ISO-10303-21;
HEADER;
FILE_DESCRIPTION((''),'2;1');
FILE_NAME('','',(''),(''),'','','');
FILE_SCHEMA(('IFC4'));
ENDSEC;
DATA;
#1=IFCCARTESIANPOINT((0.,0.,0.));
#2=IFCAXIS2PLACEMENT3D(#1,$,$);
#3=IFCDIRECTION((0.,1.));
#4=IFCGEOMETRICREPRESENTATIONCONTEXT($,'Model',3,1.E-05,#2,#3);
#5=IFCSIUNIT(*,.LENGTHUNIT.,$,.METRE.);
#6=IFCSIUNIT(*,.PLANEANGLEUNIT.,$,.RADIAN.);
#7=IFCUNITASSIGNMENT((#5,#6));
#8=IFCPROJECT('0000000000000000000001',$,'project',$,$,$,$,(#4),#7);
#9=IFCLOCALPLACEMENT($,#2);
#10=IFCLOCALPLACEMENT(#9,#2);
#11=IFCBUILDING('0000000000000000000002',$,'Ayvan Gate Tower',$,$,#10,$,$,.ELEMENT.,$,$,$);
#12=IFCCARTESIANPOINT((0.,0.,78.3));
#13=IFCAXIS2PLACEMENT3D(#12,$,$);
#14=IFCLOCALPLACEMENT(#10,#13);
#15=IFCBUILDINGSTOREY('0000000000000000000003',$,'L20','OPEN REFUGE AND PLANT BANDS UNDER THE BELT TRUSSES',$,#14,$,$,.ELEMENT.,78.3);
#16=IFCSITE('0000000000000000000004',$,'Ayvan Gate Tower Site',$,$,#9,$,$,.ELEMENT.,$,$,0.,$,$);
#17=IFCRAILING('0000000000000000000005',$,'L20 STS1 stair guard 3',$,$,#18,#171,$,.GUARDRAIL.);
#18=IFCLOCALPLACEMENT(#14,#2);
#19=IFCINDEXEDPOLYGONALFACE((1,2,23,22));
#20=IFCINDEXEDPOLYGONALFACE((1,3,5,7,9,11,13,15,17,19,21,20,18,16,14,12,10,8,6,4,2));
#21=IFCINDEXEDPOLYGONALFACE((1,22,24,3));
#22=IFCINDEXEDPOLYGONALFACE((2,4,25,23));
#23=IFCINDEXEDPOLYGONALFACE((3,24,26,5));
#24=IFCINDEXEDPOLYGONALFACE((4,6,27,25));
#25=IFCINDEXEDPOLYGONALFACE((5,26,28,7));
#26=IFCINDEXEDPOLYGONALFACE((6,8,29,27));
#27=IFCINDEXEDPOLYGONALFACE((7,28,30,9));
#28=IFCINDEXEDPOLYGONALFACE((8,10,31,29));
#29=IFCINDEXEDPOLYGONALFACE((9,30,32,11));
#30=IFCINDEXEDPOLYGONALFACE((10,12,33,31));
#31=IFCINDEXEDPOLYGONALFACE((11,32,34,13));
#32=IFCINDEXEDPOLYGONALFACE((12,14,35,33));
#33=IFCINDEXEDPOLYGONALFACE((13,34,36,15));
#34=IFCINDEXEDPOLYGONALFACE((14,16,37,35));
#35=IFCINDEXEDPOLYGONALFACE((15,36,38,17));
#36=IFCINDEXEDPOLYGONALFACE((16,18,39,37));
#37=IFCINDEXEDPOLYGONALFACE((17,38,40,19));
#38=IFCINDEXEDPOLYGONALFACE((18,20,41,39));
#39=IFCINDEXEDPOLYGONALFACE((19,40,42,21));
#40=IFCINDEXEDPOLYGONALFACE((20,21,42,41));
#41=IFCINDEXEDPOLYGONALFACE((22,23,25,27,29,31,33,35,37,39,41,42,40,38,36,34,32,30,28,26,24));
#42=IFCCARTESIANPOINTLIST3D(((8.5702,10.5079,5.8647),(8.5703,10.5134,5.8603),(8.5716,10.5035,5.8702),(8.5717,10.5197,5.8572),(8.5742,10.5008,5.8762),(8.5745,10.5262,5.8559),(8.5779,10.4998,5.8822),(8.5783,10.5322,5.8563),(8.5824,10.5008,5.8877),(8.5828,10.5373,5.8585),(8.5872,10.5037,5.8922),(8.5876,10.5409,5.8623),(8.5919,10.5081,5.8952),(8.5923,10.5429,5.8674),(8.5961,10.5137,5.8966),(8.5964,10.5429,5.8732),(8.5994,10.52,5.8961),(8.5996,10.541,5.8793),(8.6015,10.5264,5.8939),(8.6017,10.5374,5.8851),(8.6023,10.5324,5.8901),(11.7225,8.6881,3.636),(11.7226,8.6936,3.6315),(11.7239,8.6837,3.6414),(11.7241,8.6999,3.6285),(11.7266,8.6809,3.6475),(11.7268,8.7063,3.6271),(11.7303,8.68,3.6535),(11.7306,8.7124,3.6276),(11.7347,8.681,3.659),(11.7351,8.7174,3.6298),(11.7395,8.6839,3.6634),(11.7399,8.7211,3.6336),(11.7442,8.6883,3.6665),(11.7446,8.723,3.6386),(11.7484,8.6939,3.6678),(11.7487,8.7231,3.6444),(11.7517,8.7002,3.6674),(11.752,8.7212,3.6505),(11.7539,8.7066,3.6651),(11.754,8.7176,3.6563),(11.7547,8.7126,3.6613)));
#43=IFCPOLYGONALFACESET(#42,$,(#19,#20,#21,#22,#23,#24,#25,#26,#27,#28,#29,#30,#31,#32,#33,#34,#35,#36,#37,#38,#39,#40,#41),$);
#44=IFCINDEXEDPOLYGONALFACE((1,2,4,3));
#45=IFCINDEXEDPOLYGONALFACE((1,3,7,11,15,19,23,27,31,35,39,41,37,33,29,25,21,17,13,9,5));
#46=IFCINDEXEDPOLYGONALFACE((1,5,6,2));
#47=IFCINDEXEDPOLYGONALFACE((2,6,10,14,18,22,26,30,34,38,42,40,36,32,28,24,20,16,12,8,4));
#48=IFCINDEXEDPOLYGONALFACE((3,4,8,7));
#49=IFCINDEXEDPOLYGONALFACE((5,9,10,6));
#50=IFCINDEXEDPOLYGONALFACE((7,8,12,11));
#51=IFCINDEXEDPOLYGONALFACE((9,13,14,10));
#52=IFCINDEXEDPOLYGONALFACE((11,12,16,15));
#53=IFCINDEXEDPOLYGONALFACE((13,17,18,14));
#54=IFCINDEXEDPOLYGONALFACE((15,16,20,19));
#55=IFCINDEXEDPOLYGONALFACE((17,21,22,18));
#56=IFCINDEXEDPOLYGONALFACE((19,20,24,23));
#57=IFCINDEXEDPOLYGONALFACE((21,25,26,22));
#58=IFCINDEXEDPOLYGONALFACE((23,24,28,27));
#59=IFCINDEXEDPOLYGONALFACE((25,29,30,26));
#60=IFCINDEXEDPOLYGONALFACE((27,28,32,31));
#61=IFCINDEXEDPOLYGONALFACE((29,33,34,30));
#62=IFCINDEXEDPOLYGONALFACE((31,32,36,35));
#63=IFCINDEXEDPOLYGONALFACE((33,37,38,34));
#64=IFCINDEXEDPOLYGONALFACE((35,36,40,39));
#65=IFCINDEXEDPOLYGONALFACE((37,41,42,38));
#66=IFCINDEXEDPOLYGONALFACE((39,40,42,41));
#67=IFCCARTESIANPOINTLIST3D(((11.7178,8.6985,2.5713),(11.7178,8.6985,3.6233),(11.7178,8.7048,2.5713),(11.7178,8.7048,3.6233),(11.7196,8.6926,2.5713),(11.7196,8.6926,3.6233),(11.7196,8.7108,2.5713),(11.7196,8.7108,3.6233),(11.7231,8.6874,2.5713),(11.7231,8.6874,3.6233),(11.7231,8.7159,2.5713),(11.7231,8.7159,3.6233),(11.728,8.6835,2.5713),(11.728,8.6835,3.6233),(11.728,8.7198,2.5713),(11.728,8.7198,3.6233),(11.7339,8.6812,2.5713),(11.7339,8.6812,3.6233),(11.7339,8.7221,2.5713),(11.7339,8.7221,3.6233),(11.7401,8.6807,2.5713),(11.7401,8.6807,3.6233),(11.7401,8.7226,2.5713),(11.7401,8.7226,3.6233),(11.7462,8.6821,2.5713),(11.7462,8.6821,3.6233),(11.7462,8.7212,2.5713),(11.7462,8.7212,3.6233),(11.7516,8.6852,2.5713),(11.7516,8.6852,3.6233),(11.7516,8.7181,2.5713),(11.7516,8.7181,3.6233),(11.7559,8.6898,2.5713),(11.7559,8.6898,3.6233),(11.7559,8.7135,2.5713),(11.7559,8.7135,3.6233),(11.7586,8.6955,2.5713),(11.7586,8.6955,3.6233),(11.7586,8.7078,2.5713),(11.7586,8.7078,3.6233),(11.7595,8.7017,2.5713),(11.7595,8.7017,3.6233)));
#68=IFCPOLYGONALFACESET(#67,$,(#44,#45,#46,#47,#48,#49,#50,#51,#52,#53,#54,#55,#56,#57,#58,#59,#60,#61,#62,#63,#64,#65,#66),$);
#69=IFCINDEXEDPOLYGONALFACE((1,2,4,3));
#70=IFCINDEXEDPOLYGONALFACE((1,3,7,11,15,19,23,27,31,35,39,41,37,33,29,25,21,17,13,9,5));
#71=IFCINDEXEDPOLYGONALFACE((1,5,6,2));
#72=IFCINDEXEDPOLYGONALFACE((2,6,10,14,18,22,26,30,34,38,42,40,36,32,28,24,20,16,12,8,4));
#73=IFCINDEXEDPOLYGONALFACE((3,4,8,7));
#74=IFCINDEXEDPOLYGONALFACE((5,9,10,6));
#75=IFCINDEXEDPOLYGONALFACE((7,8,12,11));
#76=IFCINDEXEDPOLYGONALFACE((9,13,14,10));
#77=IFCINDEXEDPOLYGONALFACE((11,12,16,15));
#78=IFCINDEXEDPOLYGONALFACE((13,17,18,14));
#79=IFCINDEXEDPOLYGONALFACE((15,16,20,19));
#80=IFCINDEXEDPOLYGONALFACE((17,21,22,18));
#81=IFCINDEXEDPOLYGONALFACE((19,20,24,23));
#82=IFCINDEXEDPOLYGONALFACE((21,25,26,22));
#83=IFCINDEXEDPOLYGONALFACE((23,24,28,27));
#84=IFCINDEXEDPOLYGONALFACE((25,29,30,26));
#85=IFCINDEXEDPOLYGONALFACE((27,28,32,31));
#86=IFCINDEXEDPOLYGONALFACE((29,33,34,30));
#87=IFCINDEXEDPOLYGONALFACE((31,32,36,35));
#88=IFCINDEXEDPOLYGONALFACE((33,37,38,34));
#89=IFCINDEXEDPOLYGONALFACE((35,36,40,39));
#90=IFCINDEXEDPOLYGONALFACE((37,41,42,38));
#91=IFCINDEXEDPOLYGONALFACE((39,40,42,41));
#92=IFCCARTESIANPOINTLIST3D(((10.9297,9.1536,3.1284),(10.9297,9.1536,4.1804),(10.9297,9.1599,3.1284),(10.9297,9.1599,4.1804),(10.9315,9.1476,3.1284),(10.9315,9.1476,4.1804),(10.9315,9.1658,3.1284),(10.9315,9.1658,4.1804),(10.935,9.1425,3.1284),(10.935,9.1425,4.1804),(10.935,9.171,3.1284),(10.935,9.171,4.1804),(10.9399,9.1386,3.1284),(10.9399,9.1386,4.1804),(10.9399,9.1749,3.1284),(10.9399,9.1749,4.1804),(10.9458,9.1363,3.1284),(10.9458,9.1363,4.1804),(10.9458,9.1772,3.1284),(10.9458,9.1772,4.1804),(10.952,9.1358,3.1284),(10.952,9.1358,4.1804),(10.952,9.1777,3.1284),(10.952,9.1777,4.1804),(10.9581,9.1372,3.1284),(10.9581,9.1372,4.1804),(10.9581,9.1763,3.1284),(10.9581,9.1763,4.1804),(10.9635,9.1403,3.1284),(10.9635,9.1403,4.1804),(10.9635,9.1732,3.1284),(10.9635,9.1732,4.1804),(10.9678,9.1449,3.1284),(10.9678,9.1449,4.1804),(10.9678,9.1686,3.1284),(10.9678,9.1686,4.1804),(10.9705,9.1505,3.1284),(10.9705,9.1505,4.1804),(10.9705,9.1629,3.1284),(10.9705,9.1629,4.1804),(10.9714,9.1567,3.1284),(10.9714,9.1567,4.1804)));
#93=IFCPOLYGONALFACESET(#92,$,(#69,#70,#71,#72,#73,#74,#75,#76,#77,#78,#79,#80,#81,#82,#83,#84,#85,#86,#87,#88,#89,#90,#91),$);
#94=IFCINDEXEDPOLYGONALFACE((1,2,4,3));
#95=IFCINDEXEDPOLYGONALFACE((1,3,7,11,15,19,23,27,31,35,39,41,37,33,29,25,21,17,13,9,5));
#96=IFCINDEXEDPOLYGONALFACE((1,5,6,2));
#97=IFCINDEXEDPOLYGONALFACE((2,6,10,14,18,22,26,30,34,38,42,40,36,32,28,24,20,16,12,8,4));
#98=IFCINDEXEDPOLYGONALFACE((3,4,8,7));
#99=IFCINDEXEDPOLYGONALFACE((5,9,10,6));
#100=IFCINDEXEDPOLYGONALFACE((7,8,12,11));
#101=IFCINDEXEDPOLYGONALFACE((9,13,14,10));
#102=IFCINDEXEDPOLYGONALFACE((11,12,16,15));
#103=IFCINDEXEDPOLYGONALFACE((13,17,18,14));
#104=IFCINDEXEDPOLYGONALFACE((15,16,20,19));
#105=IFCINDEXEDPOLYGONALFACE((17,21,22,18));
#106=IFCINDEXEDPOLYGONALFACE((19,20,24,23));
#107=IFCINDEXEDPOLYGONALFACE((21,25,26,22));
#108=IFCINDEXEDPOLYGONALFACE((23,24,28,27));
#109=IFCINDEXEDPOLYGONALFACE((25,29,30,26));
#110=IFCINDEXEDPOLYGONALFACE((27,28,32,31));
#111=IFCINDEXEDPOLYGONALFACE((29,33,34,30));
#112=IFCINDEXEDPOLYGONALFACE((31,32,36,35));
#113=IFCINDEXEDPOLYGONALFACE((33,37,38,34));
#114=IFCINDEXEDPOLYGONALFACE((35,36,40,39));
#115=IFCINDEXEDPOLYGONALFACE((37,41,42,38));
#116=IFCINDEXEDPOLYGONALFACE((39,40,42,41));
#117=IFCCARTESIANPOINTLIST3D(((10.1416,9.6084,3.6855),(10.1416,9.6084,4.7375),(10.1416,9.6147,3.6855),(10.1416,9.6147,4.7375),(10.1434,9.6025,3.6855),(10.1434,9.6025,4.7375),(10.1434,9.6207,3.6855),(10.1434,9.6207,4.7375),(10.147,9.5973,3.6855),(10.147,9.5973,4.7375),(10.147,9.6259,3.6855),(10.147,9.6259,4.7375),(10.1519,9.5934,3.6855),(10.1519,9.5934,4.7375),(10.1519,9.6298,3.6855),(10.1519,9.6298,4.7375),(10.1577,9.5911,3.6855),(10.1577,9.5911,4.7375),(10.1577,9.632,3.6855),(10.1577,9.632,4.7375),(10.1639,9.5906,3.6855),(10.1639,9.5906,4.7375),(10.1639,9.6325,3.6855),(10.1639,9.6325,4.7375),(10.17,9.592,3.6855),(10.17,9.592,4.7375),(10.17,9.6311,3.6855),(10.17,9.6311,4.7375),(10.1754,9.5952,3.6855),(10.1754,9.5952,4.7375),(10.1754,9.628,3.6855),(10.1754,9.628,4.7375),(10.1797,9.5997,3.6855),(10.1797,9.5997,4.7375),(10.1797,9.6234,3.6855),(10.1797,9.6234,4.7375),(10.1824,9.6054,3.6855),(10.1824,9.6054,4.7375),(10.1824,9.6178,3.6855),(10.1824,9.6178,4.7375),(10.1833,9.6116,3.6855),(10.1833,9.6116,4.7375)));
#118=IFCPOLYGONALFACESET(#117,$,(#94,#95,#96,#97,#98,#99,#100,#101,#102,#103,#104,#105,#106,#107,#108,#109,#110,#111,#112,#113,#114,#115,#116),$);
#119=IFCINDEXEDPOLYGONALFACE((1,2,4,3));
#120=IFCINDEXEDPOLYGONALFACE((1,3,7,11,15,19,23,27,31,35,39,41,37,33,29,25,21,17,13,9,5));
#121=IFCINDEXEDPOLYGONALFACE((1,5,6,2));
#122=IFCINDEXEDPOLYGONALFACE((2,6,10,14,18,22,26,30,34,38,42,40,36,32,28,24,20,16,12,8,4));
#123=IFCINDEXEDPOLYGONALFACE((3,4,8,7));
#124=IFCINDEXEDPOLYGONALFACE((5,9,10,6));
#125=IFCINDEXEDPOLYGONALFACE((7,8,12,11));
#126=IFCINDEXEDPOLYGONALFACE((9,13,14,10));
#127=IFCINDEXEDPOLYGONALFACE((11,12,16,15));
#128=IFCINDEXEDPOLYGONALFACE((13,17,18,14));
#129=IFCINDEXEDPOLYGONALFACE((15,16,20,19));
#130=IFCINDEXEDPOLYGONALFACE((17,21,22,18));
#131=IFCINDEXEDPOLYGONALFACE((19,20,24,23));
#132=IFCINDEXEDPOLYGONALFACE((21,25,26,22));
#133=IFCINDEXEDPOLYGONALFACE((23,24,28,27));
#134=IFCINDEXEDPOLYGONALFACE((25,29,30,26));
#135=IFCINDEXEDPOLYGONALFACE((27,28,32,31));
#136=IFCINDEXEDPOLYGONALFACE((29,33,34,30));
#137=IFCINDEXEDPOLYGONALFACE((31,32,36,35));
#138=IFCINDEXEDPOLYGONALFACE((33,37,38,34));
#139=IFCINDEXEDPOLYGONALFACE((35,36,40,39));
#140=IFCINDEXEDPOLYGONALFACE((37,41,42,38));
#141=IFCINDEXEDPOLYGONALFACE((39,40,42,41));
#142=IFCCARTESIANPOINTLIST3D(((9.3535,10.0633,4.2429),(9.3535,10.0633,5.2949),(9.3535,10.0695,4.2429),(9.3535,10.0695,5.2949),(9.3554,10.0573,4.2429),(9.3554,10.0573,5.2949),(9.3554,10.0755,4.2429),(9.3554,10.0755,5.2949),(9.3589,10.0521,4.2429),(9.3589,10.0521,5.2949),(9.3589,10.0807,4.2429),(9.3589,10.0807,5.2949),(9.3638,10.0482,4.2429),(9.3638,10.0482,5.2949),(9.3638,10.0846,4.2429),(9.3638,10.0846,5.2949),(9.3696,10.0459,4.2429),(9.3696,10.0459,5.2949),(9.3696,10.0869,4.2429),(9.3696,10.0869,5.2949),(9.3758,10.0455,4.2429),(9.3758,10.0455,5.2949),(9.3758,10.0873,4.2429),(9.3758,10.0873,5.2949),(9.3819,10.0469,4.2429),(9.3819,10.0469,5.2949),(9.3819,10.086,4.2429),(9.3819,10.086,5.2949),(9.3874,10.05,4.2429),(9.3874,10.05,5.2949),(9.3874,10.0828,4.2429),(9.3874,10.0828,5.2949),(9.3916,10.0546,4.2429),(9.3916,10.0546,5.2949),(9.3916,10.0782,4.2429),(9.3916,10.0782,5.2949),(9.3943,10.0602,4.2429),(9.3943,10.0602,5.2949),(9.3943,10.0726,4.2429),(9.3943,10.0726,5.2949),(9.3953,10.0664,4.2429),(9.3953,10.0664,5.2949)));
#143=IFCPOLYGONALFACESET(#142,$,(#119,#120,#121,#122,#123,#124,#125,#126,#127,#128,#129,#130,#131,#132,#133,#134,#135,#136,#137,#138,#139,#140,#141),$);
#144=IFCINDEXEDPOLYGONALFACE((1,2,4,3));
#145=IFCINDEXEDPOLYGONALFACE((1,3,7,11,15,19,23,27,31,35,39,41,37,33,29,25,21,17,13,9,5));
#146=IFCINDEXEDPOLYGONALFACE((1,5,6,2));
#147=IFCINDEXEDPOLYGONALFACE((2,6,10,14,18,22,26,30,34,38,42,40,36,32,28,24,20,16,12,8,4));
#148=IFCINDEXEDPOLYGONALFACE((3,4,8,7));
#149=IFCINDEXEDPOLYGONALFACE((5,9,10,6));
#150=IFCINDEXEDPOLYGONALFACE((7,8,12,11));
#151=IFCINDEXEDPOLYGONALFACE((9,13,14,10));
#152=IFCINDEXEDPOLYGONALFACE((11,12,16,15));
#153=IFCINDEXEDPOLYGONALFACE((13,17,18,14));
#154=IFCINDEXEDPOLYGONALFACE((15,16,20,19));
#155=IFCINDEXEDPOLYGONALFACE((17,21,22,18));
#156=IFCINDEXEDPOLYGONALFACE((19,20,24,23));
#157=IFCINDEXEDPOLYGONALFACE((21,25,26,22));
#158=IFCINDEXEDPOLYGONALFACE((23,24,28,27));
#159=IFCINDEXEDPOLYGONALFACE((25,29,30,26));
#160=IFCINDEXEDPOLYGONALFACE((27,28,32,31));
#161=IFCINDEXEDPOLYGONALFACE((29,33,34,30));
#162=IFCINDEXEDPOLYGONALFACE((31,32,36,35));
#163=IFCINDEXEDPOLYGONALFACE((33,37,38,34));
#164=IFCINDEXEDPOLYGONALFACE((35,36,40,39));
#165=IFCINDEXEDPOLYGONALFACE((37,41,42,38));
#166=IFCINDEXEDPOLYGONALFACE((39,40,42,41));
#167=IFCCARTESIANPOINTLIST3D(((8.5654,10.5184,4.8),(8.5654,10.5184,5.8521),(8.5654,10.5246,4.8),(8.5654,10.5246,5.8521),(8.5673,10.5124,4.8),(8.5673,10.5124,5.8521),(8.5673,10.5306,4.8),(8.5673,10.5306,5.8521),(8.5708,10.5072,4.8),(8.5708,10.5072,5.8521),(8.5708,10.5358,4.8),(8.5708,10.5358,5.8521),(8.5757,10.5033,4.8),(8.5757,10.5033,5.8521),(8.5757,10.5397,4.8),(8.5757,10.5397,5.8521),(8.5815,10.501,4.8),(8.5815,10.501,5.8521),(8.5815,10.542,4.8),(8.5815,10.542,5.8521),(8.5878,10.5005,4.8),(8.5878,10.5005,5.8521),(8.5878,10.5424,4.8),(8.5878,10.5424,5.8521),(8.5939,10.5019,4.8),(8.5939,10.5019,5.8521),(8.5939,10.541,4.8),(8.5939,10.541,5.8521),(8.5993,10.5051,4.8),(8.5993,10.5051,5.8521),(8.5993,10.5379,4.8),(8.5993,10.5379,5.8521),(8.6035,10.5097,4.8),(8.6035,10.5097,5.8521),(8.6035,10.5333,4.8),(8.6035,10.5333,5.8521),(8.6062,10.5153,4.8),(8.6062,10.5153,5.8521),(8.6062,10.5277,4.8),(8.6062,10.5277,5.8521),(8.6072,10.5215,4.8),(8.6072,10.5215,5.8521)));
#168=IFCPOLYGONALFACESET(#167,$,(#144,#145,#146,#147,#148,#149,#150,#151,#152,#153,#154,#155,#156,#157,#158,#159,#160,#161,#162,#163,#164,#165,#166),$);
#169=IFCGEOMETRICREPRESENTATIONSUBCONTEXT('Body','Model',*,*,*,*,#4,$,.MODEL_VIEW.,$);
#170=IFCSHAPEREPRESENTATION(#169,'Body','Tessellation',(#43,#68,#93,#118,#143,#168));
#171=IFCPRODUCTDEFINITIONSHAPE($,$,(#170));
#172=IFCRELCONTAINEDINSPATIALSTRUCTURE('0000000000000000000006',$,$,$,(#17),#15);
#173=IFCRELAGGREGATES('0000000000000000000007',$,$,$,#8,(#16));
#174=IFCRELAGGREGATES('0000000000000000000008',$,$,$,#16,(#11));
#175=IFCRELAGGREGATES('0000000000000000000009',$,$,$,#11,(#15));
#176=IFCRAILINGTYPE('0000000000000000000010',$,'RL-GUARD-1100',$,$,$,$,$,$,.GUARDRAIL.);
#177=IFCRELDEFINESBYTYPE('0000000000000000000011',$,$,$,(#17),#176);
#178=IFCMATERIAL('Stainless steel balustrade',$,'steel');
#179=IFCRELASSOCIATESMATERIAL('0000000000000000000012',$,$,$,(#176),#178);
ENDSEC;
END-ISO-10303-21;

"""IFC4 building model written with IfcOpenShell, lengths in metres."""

from ifc_helpers import new_model, si_unit, direction, frame, origin, origin_2d, place, context, subcontext, project, spatial, circle, extrude, material, type_object, element, save


model = new_model("IFC4")

# Units and contexts
model_context = context("Model", 3, precision=1e-05, world=origin(), true_north=direction((0.0, 1.0)))
body_context = subcontext(model_context, "Body", "Model", "MODEL_VIEW")
ifc_project = project(units=[si_unit("LENGTHUNIT", "METRE"), si_unit("PLANEANGLEUNIT", "RADIAN")], contexts=[model_context])

# Site, building, storey
site_placement = place(None, origin())
site = spatial("IfcSite", under=ifc_project, at=site_placement, Name="Ayvan Gate Tower Site", CompositionType="ELEMENT", RefElevation=0.0)
building_placement = place(site_placement, origin())
building = spatial("IfcBuilding", under=site, at=building_placement, Name="Ayvan Gate Tower", CompositionType="ELEMENT")
storey_placement = place(building_placement, frame((0.0, 0.0, 78.3)))
storey = spatial("IfcBuildingStorey", under=building, at=storey_placement, Name="L20", Description="OPEN REFUGE AND PLANT BANDS UNDER THE BELT TRUSSES", CompositionType="ELEMENT", Elevation=78.3)

# Railing
ifc_material_1 = material(Name="Stainless steel balustrade", Category="steel")
railing_type_1 = type_object("IfcRailingType", Name="RL-GUARD-1100", PredefinedType="GUARDRAIL", material=ifc_material_1)
railing_1_placement = place(storey_placement, frame((11.7385, 8.7017, 2.5713)))
element("IfcRailing", 1, at=railing_1_placement, inside=storey, type_object=railing_type_1, Name="L20 STS1 stair guard 3", PredefinedType="GUARDRAIL", context=body_context, shape_type="SweptSolid", body=[
    extrude(circle(Radius=0.0239, at=origin_2d()), frame((0.0, 0.0, 1.0762), z_axis=(-0.738588, 0.426381, 0.522194), x_axis=(-0.499962, -0.866047, 0.0)), (0.0, 0.0, 1.0), 4.2681),
    extrude(circle(Radius=0.021, at=origin_2d()), origin(), (0.0, 0.0, 1.0), 1.052),
    extrude(circle(Radius=0.021, at=origin_2d()), frame((-0.7881, 0.4551, 0.5571)), (0.0, 0.0, 1.0), 1.052),
    extrude(circle(Radius=0.021, at=origin_2d()), frame((-1.5762, 0.9099, 1.1143)), (0.0, 0.0, 1.0), 1.052),
    extrude(circle(Radius=0.021, at=origin_2d()), frame((-2.3643, 1.3647, 1.6716)), (0.0, 0.0, 1.0), 1.052),
    extrude(circle(Radius=0.021, at=origin_2d()), frame((-3.1523, 1.8198, 2.2288)), (0.0, 0.0, 1.0), 1.052),
])

save(model, "model.ifc")
